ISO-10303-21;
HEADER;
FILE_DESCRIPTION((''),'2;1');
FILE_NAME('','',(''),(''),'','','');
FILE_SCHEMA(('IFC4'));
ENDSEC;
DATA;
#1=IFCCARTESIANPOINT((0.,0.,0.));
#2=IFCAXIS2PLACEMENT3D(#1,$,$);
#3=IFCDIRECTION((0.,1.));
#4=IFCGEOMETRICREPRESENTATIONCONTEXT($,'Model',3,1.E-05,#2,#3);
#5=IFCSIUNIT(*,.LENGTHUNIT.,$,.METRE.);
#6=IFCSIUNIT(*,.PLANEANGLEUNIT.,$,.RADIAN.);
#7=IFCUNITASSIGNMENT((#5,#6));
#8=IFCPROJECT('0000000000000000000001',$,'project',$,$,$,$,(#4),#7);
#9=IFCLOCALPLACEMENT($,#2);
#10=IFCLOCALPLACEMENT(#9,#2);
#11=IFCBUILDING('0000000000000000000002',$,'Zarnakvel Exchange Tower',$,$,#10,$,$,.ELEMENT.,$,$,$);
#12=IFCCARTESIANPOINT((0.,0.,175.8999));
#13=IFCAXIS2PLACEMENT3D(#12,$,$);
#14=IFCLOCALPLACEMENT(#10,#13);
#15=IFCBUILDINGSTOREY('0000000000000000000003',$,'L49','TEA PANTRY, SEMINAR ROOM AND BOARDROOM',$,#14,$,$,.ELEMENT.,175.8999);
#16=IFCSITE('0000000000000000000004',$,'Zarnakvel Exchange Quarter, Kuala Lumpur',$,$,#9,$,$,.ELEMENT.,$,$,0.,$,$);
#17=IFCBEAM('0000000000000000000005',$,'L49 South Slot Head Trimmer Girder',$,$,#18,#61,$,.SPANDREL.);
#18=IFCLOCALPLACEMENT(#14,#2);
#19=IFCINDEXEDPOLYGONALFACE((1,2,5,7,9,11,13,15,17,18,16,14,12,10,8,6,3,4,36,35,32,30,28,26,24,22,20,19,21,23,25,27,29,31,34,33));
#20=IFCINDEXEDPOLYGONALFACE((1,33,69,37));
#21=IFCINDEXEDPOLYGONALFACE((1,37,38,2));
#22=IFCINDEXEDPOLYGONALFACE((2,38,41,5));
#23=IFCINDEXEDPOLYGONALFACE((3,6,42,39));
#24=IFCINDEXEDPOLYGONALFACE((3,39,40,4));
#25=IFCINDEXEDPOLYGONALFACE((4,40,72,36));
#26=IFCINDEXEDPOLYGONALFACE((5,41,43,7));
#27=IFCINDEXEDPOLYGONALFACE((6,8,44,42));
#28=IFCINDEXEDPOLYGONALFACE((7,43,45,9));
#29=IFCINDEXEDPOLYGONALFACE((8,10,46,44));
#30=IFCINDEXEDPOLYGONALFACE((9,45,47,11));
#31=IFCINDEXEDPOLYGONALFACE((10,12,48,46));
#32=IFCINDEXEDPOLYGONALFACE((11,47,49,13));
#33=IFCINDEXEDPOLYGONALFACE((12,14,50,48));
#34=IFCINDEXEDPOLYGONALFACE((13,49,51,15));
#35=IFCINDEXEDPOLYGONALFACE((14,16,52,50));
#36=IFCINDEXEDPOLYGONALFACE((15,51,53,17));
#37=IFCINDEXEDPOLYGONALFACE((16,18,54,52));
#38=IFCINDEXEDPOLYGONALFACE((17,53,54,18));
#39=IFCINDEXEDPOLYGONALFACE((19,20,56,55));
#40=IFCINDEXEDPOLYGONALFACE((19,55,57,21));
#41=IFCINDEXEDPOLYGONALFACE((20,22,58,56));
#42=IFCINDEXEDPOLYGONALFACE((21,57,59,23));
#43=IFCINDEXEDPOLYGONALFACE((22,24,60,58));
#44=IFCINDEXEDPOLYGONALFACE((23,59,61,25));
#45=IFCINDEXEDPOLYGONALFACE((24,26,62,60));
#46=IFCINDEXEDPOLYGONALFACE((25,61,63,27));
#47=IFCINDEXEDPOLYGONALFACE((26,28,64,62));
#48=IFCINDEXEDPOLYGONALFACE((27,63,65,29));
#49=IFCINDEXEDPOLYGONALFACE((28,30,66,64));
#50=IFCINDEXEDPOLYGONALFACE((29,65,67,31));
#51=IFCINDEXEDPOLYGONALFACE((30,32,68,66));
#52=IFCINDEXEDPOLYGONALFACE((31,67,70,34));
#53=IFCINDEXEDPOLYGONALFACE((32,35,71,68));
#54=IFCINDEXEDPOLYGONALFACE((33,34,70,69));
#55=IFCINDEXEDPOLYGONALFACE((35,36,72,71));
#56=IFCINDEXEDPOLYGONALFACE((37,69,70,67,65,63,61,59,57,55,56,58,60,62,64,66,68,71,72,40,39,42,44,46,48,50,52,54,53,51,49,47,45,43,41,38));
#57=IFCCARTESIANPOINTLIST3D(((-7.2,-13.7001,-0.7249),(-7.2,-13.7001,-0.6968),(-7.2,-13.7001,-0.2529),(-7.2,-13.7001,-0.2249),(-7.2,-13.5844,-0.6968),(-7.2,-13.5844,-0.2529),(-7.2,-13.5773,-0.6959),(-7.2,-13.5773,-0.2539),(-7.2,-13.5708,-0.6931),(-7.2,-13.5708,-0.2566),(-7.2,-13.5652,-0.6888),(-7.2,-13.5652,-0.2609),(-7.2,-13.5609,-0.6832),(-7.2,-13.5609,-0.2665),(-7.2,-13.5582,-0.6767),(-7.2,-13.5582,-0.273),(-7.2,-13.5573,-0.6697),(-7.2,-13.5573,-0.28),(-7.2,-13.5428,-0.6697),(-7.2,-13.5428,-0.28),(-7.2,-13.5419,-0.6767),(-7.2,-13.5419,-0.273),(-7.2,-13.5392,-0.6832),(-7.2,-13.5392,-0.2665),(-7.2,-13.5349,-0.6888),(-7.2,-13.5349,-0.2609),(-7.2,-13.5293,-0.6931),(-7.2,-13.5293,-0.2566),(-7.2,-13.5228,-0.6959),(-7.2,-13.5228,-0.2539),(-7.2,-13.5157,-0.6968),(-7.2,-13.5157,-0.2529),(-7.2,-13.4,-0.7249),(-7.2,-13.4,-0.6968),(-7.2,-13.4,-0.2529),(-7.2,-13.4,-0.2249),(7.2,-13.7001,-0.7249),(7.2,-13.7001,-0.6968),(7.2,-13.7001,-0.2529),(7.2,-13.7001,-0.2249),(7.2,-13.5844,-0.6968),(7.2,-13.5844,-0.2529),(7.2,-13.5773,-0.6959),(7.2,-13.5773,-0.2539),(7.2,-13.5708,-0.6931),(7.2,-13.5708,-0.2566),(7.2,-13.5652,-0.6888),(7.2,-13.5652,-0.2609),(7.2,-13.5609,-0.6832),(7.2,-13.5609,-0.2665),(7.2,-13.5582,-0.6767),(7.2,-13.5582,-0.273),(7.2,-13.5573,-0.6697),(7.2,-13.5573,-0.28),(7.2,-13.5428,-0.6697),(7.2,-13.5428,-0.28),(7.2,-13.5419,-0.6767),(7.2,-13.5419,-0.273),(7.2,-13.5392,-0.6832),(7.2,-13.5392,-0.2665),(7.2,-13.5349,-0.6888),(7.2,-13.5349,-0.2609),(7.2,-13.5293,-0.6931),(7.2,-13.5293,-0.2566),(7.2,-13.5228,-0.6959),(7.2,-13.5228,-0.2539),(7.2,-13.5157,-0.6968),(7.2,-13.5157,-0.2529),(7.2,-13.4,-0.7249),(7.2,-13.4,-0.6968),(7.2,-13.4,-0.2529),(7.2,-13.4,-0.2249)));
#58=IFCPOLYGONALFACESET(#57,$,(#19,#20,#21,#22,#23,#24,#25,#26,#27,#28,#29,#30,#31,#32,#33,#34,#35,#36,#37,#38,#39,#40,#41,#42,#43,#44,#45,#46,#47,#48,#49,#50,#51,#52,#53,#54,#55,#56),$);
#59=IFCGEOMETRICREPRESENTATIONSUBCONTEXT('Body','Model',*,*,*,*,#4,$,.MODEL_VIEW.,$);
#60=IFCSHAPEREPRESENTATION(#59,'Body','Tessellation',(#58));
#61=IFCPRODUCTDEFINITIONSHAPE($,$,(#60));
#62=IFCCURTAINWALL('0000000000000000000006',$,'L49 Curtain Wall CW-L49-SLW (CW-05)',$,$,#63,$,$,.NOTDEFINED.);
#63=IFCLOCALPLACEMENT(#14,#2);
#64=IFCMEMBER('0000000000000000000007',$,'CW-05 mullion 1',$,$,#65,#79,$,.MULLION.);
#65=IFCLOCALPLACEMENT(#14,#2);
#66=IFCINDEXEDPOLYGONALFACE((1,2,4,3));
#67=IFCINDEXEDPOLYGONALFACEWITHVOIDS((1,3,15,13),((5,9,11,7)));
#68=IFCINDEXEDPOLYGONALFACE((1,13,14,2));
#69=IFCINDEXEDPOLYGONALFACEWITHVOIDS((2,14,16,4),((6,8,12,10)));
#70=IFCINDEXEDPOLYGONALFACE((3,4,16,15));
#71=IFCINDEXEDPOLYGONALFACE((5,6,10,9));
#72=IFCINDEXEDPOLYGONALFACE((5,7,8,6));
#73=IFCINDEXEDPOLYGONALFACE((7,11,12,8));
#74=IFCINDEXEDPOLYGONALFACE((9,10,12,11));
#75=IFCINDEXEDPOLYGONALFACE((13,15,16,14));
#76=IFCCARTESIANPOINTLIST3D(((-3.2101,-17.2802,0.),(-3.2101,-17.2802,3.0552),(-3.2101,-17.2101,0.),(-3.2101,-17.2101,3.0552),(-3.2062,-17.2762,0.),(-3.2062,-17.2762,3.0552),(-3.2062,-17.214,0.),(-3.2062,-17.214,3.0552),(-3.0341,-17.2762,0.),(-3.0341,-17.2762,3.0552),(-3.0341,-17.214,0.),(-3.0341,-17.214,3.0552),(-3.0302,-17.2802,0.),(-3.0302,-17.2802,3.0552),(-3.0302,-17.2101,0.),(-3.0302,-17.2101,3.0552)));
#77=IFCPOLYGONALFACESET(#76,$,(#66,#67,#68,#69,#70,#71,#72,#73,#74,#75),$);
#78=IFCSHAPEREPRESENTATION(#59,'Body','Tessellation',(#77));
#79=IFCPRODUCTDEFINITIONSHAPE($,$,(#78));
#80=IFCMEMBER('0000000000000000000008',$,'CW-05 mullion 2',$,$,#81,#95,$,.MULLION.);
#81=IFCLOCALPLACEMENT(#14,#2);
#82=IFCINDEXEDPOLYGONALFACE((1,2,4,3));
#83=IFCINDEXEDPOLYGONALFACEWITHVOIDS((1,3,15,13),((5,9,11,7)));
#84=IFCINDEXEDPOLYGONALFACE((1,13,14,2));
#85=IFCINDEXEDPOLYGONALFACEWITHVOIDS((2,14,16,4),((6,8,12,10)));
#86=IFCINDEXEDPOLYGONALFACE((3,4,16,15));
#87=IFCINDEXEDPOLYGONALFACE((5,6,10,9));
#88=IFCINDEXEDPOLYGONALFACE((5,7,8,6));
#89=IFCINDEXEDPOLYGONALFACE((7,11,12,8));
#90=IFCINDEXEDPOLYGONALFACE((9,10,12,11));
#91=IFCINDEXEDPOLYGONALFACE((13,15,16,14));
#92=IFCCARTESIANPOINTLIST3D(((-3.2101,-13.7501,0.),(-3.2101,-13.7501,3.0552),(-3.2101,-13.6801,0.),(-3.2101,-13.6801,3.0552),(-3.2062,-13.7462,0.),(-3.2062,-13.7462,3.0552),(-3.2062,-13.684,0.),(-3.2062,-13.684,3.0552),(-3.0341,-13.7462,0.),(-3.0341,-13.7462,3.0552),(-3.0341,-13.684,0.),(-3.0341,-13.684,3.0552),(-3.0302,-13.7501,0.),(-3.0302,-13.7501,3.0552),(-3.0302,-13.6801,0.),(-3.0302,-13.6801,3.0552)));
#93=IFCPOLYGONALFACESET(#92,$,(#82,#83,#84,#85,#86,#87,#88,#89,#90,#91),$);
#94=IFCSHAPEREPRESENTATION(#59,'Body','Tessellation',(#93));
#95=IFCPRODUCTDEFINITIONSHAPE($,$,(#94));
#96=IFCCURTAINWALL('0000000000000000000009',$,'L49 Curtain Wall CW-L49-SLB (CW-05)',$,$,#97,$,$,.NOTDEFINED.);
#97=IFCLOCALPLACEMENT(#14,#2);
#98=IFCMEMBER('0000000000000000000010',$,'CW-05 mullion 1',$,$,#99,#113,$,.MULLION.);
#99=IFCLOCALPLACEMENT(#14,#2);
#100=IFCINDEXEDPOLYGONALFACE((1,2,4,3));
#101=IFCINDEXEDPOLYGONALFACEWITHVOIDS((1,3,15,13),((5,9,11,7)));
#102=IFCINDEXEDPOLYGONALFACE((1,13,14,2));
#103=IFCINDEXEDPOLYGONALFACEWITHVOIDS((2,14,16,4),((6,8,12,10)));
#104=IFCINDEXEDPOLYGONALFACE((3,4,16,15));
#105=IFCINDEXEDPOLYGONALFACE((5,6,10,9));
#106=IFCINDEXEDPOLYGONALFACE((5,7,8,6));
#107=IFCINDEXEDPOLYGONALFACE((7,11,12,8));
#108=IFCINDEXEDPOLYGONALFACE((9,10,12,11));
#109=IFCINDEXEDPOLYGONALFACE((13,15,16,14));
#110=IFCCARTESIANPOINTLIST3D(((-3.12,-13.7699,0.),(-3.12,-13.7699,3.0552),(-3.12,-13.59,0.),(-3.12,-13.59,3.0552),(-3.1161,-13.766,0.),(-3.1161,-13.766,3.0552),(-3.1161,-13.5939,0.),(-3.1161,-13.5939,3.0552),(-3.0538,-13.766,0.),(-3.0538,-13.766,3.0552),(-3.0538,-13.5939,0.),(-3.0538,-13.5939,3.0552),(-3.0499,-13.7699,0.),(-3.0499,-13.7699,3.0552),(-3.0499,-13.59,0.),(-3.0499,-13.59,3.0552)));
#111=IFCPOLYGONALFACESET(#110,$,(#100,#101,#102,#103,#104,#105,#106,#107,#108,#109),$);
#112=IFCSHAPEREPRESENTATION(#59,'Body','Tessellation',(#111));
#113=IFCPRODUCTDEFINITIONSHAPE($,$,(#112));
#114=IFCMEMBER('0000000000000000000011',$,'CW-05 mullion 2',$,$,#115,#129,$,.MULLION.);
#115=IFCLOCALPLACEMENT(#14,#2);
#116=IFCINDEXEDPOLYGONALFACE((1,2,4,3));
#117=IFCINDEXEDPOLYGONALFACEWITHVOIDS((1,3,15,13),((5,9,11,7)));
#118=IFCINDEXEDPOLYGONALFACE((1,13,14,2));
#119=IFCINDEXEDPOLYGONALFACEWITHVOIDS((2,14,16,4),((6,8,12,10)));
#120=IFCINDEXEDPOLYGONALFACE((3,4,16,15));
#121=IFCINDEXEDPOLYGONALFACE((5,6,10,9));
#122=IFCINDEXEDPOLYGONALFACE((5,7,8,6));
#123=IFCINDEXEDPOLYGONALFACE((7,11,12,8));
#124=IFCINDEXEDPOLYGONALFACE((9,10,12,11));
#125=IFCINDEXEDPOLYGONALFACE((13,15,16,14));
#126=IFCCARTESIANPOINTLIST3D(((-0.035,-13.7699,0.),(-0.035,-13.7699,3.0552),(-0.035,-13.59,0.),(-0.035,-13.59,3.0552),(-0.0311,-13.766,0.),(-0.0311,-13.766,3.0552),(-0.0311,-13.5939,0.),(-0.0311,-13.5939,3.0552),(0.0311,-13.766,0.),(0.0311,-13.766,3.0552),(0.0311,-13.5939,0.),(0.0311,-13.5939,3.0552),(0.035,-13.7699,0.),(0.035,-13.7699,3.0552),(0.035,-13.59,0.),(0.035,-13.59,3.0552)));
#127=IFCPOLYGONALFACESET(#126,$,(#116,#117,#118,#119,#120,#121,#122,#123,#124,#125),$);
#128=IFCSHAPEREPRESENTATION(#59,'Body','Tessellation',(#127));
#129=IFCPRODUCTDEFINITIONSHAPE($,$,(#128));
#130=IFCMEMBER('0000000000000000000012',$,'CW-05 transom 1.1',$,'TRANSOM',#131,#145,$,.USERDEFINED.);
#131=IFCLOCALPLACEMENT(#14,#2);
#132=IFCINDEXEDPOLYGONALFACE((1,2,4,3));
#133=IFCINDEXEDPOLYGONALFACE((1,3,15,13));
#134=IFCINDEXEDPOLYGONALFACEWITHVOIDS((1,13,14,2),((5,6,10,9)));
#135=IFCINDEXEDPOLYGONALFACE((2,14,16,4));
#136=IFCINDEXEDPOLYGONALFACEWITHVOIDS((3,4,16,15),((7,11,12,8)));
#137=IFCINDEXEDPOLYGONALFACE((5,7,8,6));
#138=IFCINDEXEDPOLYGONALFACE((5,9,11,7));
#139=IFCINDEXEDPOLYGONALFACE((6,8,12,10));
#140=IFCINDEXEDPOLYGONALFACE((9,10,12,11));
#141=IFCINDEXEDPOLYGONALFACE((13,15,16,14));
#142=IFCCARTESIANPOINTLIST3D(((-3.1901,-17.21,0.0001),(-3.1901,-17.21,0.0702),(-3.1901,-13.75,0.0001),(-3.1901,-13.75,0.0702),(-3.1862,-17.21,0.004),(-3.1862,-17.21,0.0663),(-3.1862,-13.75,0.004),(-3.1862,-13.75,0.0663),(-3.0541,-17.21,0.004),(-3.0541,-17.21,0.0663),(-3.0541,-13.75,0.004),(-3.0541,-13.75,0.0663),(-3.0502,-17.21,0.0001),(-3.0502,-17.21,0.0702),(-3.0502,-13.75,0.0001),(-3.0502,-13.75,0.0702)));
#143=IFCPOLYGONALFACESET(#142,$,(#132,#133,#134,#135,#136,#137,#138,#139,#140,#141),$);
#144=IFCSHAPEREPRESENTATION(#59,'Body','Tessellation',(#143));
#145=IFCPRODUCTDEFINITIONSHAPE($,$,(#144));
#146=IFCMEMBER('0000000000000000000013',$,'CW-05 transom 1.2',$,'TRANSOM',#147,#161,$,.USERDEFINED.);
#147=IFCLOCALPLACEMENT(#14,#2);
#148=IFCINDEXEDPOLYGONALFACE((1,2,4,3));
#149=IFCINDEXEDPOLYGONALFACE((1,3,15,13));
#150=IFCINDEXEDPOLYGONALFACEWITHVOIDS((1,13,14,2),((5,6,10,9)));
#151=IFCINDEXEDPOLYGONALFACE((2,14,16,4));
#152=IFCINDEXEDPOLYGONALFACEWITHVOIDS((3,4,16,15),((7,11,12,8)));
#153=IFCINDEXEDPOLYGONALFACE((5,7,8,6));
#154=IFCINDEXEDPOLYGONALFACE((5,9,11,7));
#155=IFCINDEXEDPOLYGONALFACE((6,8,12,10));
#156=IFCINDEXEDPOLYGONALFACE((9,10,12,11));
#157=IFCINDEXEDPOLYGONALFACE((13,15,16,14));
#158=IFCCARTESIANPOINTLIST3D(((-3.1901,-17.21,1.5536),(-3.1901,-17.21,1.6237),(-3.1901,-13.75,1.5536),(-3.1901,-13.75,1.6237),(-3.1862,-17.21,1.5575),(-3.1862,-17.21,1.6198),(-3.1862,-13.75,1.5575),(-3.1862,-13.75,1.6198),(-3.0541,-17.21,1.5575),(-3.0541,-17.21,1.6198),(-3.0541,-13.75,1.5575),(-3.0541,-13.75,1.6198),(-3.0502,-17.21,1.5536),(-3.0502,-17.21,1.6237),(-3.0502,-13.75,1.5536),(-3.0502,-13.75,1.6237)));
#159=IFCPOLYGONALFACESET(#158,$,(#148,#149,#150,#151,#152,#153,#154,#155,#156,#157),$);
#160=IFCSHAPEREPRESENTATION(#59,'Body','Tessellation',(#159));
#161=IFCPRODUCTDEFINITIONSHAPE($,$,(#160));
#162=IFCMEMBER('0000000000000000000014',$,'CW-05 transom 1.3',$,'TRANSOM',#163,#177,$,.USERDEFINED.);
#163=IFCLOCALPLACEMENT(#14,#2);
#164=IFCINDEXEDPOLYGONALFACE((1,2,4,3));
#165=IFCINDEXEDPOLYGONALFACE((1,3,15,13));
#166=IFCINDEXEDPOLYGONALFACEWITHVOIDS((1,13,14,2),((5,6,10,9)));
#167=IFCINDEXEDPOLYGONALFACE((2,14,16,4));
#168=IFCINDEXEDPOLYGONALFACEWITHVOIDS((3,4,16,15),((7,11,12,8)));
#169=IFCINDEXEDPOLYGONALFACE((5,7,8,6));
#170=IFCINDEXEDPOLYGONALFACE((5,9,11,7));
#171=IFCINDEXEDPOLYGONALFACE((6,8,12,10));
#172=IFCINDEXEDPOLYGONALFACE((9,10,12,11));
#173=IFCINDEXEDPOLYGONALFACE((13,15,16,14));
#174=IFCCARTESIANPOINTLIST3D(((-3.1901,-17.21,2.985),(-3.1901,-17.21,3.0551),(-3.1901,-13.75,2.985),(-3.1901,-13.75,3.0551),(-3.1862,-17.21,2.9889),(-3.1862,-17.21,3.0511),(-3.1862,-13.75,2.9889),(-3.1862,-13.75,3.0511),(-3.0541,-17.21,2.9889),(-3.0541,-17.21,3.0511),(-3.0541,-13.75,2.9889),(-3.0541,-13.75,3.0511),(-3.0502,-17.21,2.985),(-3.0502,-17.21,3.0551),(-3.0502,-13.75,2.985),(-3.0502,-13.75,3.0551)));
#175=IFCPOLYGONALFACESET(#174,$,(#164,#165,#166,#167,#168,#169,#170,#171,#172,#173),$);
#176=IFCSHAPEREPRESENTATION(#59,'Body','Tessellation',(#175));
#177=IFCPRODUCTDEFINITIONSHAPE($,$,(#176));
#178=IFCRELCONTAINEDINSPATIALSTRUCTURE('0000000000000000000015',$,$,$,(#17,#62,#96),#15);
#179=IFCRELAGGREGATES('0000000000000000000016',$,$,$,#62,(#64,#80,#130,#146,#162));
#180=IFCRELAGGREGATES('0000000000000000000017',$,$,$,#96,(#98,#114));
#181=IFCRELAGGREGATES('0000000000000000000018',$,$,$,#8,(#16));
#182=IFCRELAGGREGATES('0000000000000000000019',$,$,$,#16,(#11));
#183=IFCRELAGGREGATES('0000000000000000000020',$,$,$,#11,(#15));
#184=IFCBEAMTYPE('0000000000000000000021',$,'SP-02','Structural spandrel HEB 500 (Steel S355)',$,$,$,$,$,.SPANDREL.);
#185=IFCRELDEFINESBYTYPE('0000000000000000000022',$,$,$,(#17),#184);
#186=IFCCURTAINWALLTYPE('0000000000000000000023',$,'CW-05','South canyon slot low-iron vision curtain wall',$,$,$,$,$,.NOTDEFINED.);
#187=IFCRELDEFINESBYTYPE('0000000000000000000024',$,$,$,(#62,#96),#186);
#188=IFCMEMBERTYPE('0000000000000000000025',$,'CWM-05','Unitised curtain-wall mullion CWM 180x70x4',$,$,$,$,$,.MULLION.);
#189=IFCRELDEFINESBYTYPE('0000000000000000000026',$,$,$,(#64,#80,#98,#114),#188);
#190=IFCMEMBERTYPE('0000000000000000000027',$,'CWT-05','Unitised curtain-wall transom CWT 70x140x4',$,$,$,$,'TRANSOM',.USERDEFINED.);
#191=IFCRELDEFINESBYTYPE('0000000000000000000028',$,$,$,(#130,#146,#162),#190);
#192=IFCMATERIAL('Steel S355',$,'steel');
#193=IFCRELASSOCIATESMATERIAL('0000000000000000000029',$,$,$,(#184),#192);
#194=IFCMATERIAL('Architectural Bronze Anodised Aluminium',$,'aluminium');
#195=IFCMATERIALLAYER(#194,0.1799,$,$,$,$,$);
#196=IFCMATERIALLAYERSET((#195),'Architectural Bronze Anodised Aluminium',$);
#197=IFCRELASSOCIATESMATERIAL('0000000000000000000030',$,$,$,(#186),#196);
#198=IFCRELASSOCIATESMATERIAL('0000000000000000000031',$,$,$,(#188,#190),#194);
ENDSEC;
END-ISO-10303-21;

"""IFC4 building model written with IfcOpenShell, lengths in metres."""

from ifc_helpers import new_model, si_unit, direction, frame, origin, origin_2d, place, context, subcontext, project, spatial, hollow_rectangle, i_section, extrude, source, transform, mapped, material, layer, layer_set, material_profile, profile_set, type_object, element, aggregate, save


model = new_model("IFC4")

# Units and contexts
model_context = context("Model", 3, precision=1e-05, world=origin(), true_north=direction((0.0, 1.0)))
body_context = subcontext(model_context, "Body", "Model", "MODEL_VIEW")
ifc_project = project(units=[si_unit("LENGTHUNIT", "METRE"), si_unit("PLANEANGLEUNIT", "RADIAN")], contexts=[model_context])

# Site, building, storey
site_placement = place(None, origin())
site = spatial("IfcSite", under=ifc_project, at=site_placement, Name="Zarnakvel Exchange Quarter, Kuala Lumpur", CompositionType="ELEMENT", RefElevation=0.0)
building_placement = place(site_placement, origin())
building = spatial("IfcBuilding", under=site, at=building_placement, Name="Zarnakvel Exchange Tower", CompositionType="ELEMENT")
storey_placement = place(building_placement, frame((0.0, 0.0, 175.8999)))
storey = spatial("IfcBuildingStorey", under=building, at=storey_placement, Name="L49", Description="TEA PANTRY, SEMINAR ROOM AND BOARDROOM", CompositionType="ELEMENT", Elevation=175.8999)

# Beam
ifc_material_1 = material(Name="Steel S355", Category="steel")
ifc_material_profile_1 = material_profile(ifc_material_1, i_section(OverallWidth=0.3, OverallDepth=0.5, WebThickness=0.0144, FlangeThickness=0.0281, FilletRadius=0.0271, at=origin_2d()))
ifc_profile_set_1 = profile_set([ifc_material_profile_1], Name="Steel S355")
beam_type_1 = type_object("IfcBeamType", Name="SP-02", Description="Structural spandrel HEB 500 (Steel S355)", PredefinedType="SPANDREL", material=ifc_profile_set_1)
beam_1_placement = place(storey_placement, frame((-7.2, -13.55, -0.4749), z_axis=(1.0, 0.0, 0.0), x_axis=(0.0, 1.0, 0.0)))
element("IfcBeam", 1, at=beam_1_placement, inside=storey, type_object=beam_type_1, Name="L49 South Slot Head Trimmer Girder", PredefinedType="SPANDREL", context=body_context, shape_type="SweptSolid", body=[
    extrude(i_section(OverallWidth=0.3, OverallDepth=0.5, WebThickness=0.0144, FlangeThickness=0.0281, FilletRadius=0.0271, at=origin_2d()), origin(), (0.0, 0.0, 1.0), 14.3999),
])

# Curtain walls, members
ifc_material_2 = material(Name="Architectural Bronze Anodised Aluminium", Category="aluminium")
ifc_layer_1 = layer(ifc_material_2, 0.1799)
ifc_layer_set_1 = layer_set([ifc_layer_1], Name="Architectural Bronze Anodised Aluminium")
curtain_wall_type = type_object("IfcCurtainWallType", Name="CW-05", Description="South canyon slot low-iron vision curtain wall", PredefinedType="NOTDEFINED", material=ifc_layer_set_1)
curtain_wall_1_placement = place(storey_placement, origin())
curtain_wall_1 = element("IfcCurtainWall", 2, at=curtain_wall_1_placement, inside=storey, type_object=curtain_wall_type, Name="L49 Curtain Wall CW-L49-SLW (CW-05)", PredefinedType="NOTDEFINED")
ifc_material_profile_2 = material_profile(ifc_material_2, hollow_rectangle(XDim=0.1799, YDim=0.0701, WallThickness=0.0039, at=origin_2d()))
ifc_profile_set_2 = profile_set([ifc_material_profile_2], Name="Architectural Bronze Anodised Aluminium")
member_type_1 = type_object("IfcMemberType", Name="CWM-05", Description="Unitised curtain-wall mullion CWM 180x70x4", PredefinedType="MULLION", material=ifc_profile_set_2)
shared_shape_1 = source(origin(), body_context, "Body", "SweptSolid", [
    extrude(hollow_rectangle(XDim=0.1799, YDim=0.0701, WallThickness=0.0039, at=origin_2d()), origin(), (0.0, 0.0, 1.0), 3.0552),
])
member_1_placement = place(storey_placement, frame((-3.1201, -17.2451, 0.0), z_axis=(0.0, 0.0, 1.0), x_axis=(-1.0, 0.0, 0.0)))
member_1 = element("IfcMember", 3, at=member_1_placement, type_object=member_type_1, Name="CW-05 mullion 1", PredefinedType="MULLION", context=body_context, shape_type="MappedRepresentation", body=[
    mapped(shared_shape_1, transform((0.0, 0.0, 0.0), x_axis=(1.0, 0.0, 0.0), y_axis=(0.0, 1.0, 0.0), z_axis=(0.0, 0.0, 1.0), scale=1.0)),
])
member_2_placement = place(storey_placement, frame((-3.1201, -13.7151, 0.0), z_axis=(0.0, 0.0, 1.0), x_axis=(-1.0, 0.0, 0.0)))
member_2 = element("IfcMember", 4, at=member_2_placement, type_object=member_type_1, Name="CW-05 mullion 2", PredefinedType="MULLION", context=body_context, shape_type="MappedRepresentation", body=[
    mapped(shared_shape_1, transform((0.0, 0.0, 0.0), x_axis=(1.0, 0.0, 0.0), y_axis=(0.0, 1.0, 0.0), z_axis=(0.0, 0.0, 1.0), scale=1.0)),
])
curtain_wall_2_placement = place(storey_placement, origin())
curtain_wall_2 = element("IfcCurtainWall", 5, at=curtain_wall_2_placement, inside=storey, type_object=curtain_wall_type, Name="L49 Curtain Wall CW-L49-SLB (CW-05)", PredefinedType="NOTDEFINED")
member_3_placement = place(storey_placement, frame((-3.085, -13.6799, 0.0), z_axis=(0.0, 0.0, 1.0), x_axis=(0.0, 1.0, 0.0)))
member_3 = element("IfcMember", 6, at=member_3_placement, type_object=member_type_1, Name="CW-05 mullion 1", PredefinedType="MULLION", context=body_context, shape_type="MappedRepresentation", body=[
    mapped(shared_shape_1, transform((0.0, 0.0, 0.0), x_axis=(1.0, 0.0, 0.0), y_axis=(0.0, 1.0, 0.0), z_axis=(0.0, 0.0, 1.0), scale=1.0)),
])
member_4_placement = place(storey_placement, frame((0.0, -13.6799, 0.0), z_axis=(0.0, 0.0, 1.0), x_axis=(0.0, 1.0, 0.0)))
member_4 = element("IfcMember", 7, at=member_4_placement, type_object=member_type_1, Name="CW-05 mullion 2", PredefinedType="MULLION", context=body_context, shape_type="MappedRepresentation", body=[
    mapped(shared_shape_1, transform((0.0, 0.0, 0.0), x_axis=(1.0, 0.0, 0.0), y_axis=(0.0, 1.0, 0.0), z_axis=(0.0, 0.0, 1.0), scale=1.0)),
])

# Members
ifc_material_profile_3 = material_profile(ifc_material_2, hollow_rectangle(XDim=0.1399, YDim=0.0701, WallThickness=0.0039, at=origin_2d()))
ifc_profile_set_3 = profile_set([ifc_material_profile_3], Name="Architectural Bronze Anodised Aluminium")
member_type_2 = type_object("IfcMemberType", Name="CWT-05", Description="Unitised curtain-wall transom CWT 70x140x4", ElementType="TRANSOM", PredefinedType="USERDEFINED", material=ifc_profile_set_3)
shared_shape_2 = source(origin(), body_context, "Body", "SweptSolid", [
    extrude(hollow_rectangle(XDim=0.1399, YDim=0.0701, WallThickness=0.0039, at=origin_2d()), origin(), (0.0, 0.0, 1.0), 3.46),
])
member_5_placement = place(storey_placement, frame((-3.1201, -17.21, 0.0352), z_axis=(0.0, 1.0, 0.0), x_axis=(-1.0, 0.0, 0.0)))
member_5 = element("IfcMember", 8, at=member_5_placement, type_object=member_type_2, Name="CW-05 transom 1.1", ObjectType="TRANSOM", PredefinedType="USERDEFINED", context=body_context, shape_type="MappedRepresentation", body=[
    mapped(shared_shape_2, transform((0.0, 0.0, 0.0), x_axis=(1.0, 0.0, 0.0), y_axis=(0.0, 1.0, 0.0), z_axis=(0.0, 0.0, 1.0), scale=1.0)),
])
member_6_placement = place(storey_placement, frame((-3.1201, -17.21, 1.5886), z_axis=(0.0, 1.0, 0.0), x_axis=(-1.0, 0.0, 0.0)))
member_6 = element("IfcMember", 9, at=member_6_placement, type_object=member_type_2, Name="CW-05 transom 1.2", ObjectType="TRANSOM", PredefinedType="USERDEFINED", context=body_context, shape_type="MappedRepresentation", body=[
    mapped(shared_shape_2, transform((0.0, 0.0, 0.0), x_axis=(1.0, 0.0, 0.0), y_axis=(0.0, 1.0, 0.0), z_axis=(0.0, 0.0, 1.0), scale=1.0)),
])
member_7_placement = place(storey_placement, frame((-3.1201, -17.21, 3.02), z_axis=(0.0, 1.0, 0.0), x_axis=(-1.0, 0.0, 0.0)))
member_7 = element("IfcMember", 10, at=member_7_placement, type_object=member_type_2, Name="CW-05 transom 1.3", ObjectType="TRANSOM", PredefinedType="USERDEFINED", context=body_context, shape_type="MappedRepresentation", body=[
    mapped(shared_shape_2, transform((0.0, 0.0, 0.0), x_axis=(1.0, 0.0, 0.0), y_axis=(0.0, 1.0, 0.0), z_axis=(0.0, 0.0, 1.0), scale=1.0)),
])

aggregate(curtain_wall_1, [member_1, member_2, member_5, member_6, member_7])
aggregate(curtain_wall_2, [member_3, member_4])

save(model, "model.ifc")
